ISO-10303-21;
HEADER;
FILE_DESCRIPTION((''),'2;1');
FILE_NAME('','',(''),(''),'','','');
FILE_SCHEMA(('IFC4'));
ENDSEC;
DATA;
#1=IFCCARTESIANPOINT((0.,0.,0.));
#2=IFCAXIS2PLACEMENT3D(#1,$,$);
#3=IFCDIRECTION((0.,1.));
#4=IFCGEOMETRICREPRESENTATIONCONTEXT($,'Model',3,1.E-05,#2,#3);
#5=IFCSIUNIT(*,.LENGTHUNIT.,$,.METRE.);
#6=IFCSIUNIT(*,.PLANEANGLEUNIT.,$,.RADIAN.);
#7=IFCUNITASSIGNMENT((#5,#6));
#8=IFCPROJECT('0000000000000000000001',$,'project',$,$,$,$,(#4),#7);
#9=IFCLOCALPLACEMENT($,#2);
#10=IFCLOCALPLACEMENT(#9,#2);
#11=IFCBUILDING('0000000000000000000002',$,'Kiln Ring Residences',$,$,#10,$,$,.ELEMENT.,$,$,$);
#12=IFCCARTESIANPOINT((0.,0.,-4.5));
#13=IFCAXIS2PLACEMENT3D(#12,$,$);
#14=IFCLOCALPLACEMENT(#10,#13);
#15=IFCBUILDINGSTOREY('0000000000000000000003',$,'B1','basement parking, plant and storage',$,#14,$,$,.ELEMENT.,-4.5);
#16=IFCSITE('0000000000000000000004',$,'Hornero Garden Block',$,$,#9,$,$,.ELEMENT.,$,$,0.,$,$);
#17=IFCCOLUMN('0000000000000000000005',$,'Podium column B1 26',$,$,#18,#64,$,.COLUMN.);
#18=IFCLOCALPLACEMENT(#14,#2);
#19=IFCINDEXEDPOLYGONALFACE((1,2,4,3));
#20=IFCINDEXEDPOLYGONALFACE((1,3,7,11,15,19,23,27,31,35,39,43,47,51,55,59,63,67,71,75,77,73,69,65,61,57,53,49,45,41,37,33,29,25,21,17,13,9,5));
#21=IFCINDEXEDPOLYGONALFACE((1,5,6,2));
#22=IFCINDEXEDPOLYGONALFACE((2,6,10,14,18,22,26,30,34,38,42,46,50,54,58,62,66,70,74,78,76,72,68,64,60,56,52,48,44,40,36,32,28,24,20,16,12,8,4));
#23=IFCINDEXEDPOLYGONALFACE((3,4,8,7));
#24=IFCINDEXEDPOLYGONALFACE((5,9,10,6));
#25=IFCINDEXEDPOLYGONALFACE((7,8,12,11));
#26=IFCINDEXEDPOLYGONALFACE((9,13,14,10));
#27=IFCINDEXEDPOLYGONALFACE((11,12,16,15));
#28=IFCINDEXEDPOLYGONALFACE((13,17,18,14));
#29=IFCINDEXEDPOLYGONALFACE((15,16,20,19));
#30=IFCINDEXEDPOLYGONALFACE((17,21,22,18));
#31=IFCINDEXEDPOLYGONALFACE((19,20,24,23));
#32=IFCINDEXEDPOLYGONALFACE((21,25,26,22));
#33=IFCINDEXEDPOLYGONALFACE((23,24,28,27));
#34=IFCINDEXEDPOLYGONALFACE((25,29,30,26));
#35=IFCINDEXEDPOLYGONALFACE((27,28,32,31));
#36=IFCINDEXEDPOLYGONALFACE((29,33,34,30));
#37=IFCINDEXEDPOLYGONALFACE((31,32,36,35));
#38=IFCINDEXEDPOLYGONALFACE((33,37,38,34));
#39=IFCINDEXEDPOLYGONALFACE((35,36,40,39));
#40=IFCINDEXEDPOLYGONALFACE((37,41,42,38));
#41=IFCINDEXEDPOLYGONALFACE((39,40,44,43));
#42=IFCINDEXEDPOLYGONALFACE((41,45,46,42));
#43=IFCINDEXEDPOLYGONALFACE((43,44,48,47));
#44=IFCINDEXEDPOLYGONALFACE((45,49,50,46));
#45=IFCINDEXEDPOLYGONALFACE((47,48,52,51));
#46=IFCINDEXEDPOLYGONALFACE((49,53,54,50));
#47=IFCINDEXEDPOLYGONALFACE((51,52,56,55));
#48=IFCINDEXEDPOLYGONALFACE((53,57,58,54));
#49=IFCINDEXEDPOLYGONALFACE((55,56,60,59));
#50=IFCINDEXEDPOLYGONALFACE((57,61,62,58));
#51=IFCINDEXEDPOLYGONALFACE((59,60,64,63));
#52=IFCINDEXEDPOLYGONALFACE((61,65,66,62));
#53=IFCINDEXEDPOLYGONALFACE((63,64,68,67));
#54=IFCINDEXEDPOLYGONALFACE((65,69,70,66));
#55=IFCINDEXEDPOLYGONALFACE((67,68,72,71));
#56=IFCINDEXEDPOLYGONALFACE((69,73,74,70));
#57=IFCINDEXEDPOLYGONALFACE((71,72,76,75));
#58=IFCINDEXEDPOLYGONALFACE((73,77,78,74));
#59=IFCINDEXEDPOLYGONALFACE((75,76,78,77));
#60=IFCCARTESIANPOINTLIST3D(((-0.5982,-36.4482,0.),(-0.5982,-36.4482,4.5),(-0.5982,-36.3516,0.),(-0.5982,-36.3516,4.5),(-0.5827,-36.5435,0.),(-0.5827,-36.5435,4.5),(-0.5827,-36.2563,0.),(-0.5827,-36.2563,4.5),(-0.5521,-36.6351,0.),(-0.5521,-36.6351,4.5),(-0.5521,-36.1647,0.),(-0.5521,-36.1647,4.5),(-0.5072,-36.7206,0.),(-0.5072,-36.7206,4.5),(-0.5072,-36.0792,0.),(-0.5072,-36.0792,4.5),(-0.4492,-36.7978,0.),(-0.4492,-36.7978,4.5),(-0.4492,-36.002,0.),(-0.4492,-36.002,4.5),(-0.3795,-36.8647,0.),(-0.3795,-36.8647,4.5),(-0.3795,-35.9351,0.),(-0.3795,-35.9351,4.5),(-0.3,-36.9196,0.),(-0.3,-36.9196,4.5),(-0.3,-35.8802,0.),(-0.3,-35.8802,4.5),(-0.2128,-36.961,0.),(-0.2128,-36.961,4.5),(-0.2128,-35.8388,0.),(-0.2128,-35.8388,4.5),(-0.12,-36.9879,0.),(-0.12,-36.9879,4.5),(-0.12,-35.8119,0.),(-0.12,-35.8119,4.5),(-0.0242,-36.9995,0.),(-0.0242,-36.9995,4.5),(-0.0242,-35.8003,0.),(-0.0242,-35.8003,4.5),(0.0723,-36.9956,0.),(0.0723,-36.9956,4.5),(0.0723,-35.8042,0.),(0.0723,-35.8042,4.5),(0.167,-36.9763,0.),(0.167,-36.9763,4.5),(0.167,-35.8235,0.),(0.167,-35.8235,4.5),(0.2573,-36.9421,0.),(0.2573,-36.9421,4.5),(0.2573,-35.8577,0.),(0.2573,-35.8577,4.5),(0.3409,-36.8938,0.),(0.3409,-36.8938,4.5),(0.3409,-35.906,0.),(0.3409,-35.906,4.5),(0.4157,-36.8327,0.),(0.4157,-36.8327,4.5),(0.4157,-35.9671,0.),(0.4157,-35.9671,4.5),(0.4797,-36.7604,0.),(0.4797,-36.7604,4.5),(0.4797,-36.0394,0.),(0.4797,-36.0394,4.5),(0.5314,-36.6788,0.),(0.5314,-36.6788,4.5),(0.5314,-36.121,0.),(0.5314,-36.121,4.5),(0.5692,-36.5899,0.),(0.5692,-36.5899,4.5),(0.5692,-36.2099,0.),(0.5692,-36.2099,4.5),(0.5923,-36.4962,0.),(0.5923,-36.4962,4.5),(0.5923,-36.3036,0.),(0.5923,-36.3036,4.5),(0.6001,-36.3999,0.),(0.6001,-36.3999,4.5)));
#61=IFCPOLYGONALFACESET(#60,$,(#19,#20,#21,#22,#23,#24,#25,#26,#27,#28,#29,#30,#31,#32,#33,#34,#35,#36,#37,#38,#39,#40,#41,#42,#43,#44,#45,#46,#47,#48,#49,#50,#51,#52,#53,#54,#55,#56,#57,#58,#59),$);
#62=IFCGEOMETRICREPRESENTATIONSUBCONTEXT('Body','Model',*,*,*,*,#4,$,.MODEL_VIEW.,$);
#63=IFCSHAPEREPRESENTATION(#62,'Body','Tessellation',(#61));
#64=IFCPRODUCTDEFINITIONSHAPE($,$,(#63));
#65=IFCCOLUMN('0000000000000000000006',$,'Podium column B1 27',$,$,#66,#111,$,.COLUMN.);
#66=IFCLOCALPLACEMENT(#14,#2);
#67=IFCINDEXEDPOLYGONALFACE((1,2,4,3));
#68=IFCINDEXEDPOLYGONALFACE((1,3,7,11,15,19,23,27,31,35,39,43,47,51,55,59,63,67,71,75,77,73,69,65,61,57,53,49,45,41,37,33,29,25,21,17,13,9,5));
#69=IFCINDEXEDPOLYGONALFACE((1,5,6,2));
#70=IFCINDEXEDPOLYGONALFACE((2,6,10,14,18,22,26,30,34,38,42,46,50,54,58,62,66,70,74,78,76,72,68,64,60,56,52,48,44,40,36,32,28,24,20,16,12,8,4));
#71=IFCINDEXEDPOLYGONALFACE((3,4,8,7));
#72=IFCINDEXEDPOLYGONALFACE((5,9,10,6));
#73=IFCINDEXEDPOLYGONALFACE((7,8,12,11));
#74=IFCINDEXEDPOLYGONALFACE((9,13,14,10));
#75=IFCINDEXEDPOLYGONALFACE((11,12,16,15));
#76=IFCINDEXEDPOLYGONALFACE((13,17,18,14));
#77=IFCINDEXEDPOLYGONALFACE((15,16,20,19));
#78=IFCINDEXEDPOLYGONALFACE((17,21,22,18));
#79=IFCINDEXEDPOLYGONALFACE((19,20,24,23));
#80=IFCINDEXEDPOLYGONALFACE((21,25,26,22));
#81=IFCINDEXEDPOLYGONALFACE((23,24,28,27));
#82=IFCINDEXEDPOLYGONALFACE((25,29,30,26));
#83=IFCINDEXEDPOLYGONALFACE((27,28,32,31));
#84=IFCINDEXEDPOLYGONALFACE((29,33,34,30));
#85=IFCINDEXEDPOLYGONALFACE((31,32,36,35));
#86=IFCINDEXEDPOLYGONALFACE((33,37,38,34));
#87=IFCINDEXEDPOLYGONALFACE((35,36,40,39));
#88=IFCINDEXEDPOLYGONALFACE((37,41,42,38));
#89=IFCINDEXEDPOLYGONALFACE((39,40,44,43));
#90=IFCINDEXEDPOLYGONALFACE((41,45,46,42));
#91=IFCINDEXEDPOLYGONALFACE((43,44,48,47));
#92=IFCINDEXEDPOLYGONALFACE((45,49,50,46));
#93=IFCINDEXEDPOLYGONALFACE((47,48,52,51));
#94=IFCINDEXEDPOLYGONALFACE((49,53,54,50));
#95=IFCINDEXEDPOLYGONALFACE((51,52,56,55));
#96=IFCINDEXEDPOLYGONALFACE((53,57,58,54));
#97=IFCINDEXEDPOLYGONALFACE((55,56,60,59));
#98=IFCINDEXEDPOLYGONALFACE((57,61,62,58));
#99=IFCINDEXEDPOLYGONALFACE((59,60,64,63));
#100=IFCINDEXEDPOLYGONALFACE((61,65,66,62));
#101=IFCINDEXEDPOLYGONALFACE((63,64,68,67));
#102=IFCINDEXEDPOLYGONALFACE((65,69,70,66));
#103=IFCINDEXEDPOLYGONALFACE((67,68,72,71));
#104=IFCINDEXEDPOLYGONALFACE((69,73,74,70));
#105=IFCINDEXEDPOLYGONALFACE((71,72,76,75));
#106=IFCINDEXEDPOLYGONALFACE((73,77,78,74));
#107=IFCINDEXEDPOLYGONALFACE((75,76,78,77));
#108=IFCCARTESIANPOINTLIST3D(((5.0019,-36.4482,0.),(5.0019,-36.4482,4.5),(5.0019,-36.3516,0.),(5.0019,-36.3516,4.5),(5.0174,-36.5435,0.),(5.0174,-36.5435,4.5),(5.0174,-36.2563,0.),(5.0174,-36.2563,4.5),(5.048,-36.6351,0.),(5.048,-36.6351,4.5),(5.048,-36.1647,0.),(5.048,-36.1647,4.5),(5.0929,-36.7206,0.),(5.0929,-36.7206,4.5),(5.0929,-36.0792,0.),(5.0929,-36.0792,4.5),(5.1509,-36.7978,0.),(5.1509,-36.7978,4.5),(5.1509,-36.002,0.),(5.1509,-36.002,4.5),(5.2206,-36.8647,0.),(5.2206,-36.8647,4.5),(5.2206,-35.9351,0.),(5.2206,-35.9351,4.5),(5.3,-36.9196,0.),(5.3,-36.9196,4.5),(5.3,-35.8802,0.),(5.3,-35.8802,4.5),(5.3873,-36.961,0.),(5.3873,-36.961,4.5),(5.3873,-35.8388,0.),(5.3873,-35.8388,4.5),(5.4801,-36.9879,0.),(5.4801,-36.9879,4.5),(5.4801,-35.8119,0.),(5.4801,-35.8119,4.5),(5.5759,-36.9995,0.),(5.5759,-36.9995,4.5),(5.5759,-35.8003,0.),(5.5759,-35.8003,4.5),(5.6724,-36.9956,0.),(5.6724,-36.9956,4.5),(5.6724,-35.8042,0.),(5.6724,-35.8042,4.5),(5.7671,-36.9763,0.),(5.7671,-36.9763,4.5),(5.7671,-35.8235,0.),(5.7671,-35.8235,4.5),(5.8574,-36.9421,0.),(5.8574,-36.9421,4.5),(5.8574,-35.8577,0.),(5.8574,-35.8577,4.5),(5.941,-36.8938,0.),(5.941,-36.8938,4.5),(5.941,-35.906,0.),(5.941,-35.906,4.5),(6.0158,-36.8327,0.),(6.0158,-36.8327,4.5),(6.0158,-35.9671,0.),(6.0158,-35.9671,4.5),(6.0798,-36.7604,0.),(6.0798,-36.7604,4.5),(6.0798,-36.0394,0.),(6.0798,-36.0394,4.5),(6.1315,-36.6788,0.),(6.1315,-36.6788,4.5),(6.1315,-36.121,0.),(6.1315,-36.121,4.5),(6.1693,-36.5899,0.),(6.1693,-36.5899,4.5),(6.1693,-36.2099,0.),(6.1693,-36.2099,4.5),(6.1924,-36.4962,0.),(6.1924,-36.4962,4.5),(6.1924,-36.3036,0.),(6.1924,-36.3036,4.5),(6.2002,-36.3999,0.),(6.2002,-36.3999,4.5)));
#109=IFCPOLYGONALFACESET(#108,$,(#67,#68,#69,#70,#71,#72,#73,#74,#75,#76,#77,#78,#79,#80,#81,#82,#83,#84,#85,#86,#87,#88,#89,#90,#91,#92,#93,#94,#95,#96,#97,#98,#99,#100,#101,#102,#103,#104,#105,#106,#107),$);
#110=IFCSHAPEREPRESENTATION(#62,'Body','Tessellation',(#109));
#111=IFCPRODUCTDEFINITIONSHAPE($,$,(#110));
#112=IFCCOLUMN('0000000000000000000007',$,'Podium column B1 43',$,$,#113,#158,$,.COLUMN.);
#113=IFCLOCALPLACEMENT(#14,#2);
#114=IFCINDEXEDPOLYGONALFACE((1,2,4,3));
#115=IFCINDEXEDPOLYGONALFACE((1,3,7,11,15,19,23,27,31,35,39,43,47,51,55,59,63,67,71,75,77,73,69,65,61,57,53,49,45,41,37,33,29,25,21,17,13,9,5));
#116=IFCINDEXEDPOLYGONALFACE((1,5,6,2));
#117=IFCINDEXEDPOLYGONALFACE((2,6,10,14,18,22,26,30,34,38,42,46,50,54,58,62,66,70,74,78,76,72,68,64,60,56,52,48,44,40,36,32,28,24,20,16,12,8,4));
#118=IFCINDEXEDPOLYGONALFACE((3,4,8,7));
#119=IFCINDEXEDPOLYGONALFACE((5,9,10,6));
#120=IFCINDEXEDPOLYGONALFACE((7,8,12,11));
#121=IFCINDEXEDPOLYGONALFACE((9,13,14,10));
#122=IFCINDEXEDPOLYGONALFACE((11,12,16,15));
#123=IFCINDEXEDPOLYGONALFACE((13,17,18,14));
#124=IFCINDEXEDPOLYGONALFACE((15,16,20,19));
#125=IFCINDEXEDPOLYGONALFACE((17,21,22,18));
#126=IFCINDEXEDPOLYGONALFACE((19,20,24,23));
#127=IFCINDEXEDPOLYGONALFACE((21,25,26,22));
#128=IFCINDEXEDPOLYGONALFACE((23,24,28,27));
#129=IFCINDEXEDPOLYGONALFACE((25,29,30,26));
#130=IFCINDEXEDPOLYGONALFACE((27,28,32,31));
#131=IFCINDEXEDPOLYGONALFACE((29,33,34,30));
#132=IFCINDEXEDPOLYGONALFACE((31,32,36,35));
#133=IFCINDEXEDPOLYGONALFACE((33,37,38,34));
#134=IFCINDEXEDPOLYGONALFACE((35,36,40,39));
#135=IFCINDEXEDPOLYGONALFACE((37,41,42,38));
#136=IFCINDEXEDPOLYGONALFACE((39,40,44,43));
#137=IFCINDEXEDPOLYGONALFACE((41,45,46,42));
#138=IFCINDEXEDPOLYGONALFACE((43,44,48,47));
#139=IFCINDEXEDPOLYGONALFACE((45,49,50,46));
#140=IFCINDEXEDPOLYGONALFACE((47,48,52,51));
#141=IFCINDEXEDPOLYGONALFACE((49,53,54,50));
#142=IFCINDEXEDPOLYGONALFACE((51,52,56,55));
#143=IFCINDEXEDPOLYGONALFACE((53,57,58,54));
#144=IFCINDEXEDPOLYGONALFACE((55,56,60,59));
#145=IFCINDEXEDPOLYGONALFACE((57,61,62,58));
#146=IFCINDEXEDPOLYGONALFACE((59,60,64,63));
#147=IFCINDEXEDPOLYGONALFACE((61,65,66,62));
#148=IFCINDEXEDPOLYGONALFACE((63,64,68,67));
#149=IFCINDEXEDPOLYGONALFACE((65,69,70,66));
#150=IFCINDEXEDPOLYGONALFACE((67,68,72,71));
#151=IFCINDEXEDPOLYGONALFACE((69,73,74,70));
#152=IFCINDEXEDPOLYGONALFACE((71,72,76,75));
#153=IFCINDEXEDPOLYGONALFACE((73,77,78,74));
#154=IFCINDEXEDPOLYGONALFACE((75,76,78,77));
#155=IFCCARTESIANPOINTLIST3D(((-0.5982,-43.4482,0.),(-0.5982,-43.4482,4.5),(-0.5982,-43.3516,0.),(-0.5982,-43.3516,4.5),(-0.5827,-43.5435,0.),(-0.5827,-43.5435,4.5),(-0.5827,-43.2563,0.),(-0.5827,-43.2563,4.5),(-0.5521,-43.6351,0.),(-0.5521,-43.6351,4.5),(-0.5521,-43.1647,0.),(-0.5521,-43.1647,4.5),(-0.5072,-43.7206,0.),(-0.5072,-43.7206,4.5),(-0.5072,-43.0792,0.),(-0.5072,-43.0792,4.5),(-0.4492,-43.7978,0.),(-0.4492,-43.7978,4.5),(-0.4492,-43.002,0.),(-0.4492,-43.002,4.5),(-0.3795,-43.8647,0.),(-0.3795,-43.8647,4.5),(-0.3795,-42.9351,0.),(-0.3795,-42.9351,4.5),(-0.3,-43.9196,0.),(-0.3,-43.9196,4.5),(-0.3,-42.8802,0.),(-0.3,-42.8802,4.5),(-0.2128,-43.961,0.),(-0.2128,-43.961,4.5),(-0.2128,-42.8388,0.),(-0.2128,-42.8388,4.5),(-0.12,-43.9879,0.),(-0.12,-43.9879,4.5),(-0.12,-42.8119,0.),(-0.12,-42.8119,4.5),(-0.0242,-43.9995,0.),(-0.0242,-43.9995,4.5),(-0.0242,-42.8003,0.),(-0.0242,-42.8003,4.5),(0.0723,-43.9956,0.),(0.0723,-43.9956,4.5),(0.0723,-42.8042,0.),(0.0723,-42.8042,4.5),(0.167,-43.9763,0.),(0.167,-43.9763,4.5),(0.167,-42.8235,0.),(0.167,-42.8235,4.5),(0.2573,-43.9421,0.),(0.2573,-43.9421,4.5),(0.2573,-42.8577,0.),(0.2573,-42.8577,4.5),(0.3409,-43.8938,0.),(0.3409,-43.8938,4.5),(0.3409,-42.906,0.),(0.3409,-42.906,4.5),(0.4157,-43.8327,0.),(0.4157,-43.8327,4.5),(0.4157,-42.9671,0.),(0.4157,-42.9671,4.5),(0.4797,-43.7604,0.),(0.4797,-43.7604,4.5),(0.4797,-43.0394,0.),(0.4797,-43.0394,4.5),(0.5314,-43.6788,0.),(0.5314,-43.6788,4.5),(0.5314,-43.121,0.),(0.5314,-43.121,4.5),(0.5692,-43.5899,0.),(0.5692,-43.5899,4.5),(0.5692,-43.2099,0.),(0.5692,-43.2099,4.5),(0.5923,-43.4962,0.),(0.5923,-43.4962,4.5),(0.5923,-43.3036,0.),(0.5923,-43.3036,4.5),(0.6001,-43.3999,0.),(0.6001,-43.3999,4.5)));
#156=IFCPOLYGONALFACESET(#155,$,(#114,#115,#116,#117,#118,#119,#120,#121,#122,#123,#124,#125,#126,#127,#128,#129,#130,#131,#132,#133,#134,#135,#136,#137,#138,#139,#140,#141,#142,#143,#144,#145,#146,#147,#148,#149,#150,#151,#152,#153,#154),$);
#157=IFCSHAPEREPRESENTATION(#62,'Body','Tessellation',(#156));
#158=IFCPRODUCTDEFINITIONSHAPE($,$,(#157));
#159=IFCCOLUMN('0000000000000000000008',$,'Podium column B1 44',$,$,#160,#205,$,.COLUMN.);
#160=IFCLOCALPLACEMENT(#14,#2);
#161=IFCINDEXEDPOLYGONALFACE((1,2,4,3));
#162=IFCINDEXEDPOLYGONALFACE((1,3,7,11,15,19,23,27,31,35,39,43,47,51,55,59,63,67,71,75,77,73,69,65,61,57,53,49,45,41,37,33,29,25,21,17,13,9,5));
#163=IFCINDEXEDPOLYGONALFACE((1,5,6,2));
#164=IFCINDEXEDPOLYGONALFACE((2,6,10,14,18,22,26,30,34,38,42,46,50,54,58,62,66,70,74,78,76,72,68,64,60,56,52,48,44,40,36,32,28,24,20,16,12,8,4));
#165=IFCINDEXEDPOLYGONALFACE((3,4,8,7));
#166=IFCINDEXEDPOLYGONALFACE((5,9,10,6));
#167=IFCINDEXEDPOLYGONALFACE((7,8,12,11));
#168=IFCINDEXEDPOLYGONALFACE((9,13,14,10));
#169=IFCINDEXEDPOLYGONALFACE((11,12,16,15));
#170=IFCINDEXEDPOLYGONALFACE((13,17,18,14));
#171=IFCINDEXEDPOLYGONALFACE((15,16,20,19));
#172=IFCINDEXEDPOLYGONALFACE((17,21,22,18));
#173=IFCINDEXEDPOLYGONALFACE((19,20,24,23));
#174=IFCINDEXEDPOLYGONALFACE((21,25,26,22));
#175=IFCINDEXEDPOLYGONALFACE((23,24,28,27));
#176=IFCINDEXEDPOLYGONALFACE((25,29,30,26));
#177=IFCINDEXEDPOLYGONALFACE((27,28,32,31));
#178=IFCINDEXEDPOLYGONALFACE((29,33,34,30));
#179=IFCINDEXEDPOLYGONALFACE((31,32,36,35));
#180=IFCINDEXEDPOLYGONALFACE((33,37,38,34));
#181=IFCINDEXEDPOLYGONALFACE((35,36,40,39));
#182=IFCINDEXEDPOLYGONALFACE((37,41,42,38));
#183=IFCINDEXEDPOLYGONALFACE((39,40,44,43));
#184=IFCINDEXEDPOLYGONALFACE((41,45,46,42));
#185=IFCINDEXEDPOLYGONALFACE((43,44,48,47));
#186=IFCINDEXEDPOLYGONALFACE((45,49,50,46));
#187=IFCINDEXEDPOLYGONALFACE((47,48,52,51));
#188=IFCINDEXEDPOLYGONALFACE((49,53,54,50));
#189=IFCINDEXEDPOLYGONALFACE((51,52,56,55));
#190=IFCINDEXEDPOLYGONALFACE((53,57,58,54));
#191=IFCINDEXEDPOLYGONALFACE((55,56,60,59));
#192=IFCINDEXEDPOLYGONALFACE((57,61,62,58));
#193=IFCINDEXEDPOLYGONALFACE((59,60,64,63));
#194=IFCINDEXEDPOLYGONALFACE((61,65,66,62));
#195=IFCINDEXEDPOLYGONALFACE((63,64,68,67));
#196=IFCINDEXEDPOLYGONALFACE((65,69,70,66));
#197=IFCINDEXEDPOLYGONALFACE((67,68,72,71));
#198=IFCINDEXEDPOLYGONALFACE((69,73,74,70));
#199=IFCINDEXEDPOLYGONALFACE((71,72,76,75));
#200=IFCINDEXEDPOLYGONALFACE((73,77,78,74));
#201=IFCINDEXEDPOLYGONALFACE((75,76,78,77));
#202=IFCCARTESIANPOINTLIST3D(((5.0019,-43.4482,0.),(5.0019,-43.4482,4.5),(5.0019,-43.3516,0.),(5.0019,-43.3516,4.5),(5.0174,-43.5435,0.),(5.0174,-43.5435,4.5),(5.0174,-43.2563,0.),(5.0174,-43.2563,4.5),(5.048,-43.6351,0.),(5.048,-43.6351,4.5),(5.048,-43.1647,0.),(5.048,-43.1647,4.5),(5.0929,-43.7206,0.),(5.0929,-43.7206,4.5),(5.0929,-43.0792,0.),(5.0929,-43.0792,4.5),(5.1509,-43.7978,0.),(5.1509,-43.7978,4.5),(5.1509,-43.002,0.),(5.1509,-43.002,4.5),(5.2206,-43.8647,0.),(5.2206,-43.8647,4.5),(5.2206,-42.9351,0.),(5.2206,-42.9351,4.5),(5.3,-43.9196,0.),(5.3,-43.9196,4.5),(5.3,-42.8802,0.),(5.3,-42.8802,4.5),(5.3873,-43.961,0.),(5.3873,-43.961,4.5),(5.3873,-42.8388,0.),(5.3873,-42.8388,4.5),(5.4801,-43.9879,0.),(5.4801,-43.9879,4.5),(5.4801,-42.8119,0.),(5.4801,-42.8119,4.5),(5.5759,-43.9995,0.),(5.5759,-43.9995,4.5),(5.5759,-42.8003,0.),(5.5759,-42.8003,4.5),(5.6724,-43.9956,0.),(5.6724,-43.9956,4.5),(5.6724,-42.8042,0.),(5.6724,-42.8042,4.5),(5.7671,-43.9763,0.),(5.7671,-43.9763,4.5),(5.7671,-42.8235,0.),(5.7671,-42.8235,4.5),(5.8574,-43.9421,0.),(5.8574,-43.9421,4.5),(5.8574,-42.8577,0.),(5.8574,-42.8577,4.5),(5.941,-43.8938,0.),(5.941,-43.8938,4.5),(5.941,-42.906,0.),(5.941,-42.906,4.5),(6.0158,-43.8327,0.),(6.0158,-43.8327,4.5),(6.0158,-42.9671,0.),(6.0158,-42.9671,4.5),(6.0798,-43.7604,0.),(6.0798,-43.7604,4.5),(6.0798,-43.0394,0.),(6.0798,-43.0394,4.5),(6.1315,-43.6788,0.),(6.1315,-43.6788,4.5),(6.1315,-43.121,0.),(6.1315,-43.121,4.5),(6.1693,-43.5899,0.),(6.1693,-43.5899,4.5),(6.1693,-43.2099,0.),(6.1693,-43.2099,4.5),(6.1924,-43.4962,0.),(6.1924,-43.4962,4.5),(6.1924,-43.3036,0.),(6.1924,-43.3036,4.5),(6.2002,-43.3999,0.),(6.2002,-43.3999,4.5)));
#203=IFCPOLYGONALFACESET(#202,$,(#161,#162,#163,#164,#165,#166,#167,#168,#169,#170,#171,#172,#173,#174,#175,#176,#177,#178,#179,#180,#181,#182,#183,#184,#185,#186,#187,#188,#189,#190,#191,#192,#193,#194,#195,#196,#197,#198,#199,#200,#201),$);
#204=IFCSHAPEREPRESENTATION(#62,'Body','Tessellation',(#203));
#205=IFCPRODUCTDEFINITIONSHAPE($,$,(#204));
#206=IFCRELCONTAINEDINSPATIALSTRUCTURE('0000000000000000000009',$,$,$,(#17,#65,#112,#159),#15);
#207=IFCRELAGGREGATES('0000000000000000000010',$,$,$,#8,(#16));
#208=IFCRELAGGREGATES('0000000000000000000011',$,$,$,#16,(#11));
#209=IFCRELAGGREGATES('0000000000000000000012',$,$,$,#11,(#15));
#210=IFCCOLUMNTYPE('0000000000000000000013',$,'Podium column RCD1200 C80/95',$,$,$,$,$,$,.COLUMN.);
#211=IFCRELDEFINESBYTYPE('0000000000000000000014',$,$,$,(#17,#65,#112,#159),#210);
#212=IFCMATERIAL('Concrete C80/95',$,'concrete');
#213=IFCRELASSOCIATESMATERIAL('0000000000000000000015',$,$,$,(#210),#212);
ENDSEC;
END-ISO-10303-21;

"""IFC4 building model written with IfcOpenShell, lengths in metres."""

from ifc_helpers import new_model, si_unit, direction, frame, origin, origin_2d, place, context, subcontext, project, spatial, circle, extrude, material, material_profile, profile_set, type_object, element, save


model = new_model("IFC4")

# Units and contexts
model_context = context("Model", 3, precision=1e-05, world=origin(), true_north=direction((0.0, 1.0)))
body_context = subcontext(model_context, "Body", "Model", "MODEL_VIEW")
ifc_project = project(units=[si_unit("LENGTHUNIT", "METRE"), si_unit("PLANEANGLEUNIT", "RADIAN")], contexts=[model_context])

# Site, building, storey
site_placement = place(None, origin())
site = spatial("IfcSite", under=ifc_project, at=site_placement, Name="Hornero Garden Block", CompositionType="ELEMENT", RefElevation=0.0)
building_placement = place(site_placement, origin())
building = spatial("IfcBuilding", under=site, at=building_placement, Name="Kiln Ring Residences", CompositionType="ELEMENT")
storey_placement = place(building_placement, frame((0.0, 0.0, -4.5)))
storey = spatial("IfcBuildingStorey", under=building, at=storey_placement, Name="B1", Description="basement parking, plant and storage", CompositionType="ELEMENT", Elevation=-4.5)

# Columns
ifc_material_1 = material(Name="Concrete C80/95", Category="concrete")
ifc_material_profile_1 = material_profile(ifc_material_1, circle(Radius=0.6001, at=origin_2d()), Name="RCD1200")
ifc_profile_set_1 = profile_set([ifc_material_profile_1], Name="Concrete C80/95")
column_type = type_object("IfcColumnType", Name="Podium column RCD1200 C80/95", PredefinedType="COLUMN", material=ifc_profile_set_1)
for number, where, z_axis, x_axis, name in (
    (1, (0.0, -36.3999, 0.0), (0.0, 0.0, 1.0), (1.0, 0.0, 0.0), "Podium column B1 26"),
    (2, (5.6001, -36.3999, 0.0), (0.0, 0.0, 1.0), (1.0, 0.0, 0.0), "Podium column B1 27"),
    (3, (0.0, -43.3999, 0.0), (0.0, 0.0, 1.0), (1.0, 0.0, 0.0), "Podium column B1 43"),
    (4, (5.6001, -43.3999, 0.0), (0.0, 0.0, 1.0), (1.0, 0.0, 0.0), "Podium column B1 44"),
):
    element("IfcColumn", number, at=place(storey_placement, frame(where, z_axis=z_axis, x_axis=x_axis)), inside=storey, type_object=column_type, Name=name, PredefinedType="COLUMN", context=body_context, shape_type="SweptSolid", body=[
        extrude(circle(Radius=0.6001, at=origin_2d()), origin(), (0.0, 0.0, 1.0), 4.5),
    ])

save(model, "model.ifc")
